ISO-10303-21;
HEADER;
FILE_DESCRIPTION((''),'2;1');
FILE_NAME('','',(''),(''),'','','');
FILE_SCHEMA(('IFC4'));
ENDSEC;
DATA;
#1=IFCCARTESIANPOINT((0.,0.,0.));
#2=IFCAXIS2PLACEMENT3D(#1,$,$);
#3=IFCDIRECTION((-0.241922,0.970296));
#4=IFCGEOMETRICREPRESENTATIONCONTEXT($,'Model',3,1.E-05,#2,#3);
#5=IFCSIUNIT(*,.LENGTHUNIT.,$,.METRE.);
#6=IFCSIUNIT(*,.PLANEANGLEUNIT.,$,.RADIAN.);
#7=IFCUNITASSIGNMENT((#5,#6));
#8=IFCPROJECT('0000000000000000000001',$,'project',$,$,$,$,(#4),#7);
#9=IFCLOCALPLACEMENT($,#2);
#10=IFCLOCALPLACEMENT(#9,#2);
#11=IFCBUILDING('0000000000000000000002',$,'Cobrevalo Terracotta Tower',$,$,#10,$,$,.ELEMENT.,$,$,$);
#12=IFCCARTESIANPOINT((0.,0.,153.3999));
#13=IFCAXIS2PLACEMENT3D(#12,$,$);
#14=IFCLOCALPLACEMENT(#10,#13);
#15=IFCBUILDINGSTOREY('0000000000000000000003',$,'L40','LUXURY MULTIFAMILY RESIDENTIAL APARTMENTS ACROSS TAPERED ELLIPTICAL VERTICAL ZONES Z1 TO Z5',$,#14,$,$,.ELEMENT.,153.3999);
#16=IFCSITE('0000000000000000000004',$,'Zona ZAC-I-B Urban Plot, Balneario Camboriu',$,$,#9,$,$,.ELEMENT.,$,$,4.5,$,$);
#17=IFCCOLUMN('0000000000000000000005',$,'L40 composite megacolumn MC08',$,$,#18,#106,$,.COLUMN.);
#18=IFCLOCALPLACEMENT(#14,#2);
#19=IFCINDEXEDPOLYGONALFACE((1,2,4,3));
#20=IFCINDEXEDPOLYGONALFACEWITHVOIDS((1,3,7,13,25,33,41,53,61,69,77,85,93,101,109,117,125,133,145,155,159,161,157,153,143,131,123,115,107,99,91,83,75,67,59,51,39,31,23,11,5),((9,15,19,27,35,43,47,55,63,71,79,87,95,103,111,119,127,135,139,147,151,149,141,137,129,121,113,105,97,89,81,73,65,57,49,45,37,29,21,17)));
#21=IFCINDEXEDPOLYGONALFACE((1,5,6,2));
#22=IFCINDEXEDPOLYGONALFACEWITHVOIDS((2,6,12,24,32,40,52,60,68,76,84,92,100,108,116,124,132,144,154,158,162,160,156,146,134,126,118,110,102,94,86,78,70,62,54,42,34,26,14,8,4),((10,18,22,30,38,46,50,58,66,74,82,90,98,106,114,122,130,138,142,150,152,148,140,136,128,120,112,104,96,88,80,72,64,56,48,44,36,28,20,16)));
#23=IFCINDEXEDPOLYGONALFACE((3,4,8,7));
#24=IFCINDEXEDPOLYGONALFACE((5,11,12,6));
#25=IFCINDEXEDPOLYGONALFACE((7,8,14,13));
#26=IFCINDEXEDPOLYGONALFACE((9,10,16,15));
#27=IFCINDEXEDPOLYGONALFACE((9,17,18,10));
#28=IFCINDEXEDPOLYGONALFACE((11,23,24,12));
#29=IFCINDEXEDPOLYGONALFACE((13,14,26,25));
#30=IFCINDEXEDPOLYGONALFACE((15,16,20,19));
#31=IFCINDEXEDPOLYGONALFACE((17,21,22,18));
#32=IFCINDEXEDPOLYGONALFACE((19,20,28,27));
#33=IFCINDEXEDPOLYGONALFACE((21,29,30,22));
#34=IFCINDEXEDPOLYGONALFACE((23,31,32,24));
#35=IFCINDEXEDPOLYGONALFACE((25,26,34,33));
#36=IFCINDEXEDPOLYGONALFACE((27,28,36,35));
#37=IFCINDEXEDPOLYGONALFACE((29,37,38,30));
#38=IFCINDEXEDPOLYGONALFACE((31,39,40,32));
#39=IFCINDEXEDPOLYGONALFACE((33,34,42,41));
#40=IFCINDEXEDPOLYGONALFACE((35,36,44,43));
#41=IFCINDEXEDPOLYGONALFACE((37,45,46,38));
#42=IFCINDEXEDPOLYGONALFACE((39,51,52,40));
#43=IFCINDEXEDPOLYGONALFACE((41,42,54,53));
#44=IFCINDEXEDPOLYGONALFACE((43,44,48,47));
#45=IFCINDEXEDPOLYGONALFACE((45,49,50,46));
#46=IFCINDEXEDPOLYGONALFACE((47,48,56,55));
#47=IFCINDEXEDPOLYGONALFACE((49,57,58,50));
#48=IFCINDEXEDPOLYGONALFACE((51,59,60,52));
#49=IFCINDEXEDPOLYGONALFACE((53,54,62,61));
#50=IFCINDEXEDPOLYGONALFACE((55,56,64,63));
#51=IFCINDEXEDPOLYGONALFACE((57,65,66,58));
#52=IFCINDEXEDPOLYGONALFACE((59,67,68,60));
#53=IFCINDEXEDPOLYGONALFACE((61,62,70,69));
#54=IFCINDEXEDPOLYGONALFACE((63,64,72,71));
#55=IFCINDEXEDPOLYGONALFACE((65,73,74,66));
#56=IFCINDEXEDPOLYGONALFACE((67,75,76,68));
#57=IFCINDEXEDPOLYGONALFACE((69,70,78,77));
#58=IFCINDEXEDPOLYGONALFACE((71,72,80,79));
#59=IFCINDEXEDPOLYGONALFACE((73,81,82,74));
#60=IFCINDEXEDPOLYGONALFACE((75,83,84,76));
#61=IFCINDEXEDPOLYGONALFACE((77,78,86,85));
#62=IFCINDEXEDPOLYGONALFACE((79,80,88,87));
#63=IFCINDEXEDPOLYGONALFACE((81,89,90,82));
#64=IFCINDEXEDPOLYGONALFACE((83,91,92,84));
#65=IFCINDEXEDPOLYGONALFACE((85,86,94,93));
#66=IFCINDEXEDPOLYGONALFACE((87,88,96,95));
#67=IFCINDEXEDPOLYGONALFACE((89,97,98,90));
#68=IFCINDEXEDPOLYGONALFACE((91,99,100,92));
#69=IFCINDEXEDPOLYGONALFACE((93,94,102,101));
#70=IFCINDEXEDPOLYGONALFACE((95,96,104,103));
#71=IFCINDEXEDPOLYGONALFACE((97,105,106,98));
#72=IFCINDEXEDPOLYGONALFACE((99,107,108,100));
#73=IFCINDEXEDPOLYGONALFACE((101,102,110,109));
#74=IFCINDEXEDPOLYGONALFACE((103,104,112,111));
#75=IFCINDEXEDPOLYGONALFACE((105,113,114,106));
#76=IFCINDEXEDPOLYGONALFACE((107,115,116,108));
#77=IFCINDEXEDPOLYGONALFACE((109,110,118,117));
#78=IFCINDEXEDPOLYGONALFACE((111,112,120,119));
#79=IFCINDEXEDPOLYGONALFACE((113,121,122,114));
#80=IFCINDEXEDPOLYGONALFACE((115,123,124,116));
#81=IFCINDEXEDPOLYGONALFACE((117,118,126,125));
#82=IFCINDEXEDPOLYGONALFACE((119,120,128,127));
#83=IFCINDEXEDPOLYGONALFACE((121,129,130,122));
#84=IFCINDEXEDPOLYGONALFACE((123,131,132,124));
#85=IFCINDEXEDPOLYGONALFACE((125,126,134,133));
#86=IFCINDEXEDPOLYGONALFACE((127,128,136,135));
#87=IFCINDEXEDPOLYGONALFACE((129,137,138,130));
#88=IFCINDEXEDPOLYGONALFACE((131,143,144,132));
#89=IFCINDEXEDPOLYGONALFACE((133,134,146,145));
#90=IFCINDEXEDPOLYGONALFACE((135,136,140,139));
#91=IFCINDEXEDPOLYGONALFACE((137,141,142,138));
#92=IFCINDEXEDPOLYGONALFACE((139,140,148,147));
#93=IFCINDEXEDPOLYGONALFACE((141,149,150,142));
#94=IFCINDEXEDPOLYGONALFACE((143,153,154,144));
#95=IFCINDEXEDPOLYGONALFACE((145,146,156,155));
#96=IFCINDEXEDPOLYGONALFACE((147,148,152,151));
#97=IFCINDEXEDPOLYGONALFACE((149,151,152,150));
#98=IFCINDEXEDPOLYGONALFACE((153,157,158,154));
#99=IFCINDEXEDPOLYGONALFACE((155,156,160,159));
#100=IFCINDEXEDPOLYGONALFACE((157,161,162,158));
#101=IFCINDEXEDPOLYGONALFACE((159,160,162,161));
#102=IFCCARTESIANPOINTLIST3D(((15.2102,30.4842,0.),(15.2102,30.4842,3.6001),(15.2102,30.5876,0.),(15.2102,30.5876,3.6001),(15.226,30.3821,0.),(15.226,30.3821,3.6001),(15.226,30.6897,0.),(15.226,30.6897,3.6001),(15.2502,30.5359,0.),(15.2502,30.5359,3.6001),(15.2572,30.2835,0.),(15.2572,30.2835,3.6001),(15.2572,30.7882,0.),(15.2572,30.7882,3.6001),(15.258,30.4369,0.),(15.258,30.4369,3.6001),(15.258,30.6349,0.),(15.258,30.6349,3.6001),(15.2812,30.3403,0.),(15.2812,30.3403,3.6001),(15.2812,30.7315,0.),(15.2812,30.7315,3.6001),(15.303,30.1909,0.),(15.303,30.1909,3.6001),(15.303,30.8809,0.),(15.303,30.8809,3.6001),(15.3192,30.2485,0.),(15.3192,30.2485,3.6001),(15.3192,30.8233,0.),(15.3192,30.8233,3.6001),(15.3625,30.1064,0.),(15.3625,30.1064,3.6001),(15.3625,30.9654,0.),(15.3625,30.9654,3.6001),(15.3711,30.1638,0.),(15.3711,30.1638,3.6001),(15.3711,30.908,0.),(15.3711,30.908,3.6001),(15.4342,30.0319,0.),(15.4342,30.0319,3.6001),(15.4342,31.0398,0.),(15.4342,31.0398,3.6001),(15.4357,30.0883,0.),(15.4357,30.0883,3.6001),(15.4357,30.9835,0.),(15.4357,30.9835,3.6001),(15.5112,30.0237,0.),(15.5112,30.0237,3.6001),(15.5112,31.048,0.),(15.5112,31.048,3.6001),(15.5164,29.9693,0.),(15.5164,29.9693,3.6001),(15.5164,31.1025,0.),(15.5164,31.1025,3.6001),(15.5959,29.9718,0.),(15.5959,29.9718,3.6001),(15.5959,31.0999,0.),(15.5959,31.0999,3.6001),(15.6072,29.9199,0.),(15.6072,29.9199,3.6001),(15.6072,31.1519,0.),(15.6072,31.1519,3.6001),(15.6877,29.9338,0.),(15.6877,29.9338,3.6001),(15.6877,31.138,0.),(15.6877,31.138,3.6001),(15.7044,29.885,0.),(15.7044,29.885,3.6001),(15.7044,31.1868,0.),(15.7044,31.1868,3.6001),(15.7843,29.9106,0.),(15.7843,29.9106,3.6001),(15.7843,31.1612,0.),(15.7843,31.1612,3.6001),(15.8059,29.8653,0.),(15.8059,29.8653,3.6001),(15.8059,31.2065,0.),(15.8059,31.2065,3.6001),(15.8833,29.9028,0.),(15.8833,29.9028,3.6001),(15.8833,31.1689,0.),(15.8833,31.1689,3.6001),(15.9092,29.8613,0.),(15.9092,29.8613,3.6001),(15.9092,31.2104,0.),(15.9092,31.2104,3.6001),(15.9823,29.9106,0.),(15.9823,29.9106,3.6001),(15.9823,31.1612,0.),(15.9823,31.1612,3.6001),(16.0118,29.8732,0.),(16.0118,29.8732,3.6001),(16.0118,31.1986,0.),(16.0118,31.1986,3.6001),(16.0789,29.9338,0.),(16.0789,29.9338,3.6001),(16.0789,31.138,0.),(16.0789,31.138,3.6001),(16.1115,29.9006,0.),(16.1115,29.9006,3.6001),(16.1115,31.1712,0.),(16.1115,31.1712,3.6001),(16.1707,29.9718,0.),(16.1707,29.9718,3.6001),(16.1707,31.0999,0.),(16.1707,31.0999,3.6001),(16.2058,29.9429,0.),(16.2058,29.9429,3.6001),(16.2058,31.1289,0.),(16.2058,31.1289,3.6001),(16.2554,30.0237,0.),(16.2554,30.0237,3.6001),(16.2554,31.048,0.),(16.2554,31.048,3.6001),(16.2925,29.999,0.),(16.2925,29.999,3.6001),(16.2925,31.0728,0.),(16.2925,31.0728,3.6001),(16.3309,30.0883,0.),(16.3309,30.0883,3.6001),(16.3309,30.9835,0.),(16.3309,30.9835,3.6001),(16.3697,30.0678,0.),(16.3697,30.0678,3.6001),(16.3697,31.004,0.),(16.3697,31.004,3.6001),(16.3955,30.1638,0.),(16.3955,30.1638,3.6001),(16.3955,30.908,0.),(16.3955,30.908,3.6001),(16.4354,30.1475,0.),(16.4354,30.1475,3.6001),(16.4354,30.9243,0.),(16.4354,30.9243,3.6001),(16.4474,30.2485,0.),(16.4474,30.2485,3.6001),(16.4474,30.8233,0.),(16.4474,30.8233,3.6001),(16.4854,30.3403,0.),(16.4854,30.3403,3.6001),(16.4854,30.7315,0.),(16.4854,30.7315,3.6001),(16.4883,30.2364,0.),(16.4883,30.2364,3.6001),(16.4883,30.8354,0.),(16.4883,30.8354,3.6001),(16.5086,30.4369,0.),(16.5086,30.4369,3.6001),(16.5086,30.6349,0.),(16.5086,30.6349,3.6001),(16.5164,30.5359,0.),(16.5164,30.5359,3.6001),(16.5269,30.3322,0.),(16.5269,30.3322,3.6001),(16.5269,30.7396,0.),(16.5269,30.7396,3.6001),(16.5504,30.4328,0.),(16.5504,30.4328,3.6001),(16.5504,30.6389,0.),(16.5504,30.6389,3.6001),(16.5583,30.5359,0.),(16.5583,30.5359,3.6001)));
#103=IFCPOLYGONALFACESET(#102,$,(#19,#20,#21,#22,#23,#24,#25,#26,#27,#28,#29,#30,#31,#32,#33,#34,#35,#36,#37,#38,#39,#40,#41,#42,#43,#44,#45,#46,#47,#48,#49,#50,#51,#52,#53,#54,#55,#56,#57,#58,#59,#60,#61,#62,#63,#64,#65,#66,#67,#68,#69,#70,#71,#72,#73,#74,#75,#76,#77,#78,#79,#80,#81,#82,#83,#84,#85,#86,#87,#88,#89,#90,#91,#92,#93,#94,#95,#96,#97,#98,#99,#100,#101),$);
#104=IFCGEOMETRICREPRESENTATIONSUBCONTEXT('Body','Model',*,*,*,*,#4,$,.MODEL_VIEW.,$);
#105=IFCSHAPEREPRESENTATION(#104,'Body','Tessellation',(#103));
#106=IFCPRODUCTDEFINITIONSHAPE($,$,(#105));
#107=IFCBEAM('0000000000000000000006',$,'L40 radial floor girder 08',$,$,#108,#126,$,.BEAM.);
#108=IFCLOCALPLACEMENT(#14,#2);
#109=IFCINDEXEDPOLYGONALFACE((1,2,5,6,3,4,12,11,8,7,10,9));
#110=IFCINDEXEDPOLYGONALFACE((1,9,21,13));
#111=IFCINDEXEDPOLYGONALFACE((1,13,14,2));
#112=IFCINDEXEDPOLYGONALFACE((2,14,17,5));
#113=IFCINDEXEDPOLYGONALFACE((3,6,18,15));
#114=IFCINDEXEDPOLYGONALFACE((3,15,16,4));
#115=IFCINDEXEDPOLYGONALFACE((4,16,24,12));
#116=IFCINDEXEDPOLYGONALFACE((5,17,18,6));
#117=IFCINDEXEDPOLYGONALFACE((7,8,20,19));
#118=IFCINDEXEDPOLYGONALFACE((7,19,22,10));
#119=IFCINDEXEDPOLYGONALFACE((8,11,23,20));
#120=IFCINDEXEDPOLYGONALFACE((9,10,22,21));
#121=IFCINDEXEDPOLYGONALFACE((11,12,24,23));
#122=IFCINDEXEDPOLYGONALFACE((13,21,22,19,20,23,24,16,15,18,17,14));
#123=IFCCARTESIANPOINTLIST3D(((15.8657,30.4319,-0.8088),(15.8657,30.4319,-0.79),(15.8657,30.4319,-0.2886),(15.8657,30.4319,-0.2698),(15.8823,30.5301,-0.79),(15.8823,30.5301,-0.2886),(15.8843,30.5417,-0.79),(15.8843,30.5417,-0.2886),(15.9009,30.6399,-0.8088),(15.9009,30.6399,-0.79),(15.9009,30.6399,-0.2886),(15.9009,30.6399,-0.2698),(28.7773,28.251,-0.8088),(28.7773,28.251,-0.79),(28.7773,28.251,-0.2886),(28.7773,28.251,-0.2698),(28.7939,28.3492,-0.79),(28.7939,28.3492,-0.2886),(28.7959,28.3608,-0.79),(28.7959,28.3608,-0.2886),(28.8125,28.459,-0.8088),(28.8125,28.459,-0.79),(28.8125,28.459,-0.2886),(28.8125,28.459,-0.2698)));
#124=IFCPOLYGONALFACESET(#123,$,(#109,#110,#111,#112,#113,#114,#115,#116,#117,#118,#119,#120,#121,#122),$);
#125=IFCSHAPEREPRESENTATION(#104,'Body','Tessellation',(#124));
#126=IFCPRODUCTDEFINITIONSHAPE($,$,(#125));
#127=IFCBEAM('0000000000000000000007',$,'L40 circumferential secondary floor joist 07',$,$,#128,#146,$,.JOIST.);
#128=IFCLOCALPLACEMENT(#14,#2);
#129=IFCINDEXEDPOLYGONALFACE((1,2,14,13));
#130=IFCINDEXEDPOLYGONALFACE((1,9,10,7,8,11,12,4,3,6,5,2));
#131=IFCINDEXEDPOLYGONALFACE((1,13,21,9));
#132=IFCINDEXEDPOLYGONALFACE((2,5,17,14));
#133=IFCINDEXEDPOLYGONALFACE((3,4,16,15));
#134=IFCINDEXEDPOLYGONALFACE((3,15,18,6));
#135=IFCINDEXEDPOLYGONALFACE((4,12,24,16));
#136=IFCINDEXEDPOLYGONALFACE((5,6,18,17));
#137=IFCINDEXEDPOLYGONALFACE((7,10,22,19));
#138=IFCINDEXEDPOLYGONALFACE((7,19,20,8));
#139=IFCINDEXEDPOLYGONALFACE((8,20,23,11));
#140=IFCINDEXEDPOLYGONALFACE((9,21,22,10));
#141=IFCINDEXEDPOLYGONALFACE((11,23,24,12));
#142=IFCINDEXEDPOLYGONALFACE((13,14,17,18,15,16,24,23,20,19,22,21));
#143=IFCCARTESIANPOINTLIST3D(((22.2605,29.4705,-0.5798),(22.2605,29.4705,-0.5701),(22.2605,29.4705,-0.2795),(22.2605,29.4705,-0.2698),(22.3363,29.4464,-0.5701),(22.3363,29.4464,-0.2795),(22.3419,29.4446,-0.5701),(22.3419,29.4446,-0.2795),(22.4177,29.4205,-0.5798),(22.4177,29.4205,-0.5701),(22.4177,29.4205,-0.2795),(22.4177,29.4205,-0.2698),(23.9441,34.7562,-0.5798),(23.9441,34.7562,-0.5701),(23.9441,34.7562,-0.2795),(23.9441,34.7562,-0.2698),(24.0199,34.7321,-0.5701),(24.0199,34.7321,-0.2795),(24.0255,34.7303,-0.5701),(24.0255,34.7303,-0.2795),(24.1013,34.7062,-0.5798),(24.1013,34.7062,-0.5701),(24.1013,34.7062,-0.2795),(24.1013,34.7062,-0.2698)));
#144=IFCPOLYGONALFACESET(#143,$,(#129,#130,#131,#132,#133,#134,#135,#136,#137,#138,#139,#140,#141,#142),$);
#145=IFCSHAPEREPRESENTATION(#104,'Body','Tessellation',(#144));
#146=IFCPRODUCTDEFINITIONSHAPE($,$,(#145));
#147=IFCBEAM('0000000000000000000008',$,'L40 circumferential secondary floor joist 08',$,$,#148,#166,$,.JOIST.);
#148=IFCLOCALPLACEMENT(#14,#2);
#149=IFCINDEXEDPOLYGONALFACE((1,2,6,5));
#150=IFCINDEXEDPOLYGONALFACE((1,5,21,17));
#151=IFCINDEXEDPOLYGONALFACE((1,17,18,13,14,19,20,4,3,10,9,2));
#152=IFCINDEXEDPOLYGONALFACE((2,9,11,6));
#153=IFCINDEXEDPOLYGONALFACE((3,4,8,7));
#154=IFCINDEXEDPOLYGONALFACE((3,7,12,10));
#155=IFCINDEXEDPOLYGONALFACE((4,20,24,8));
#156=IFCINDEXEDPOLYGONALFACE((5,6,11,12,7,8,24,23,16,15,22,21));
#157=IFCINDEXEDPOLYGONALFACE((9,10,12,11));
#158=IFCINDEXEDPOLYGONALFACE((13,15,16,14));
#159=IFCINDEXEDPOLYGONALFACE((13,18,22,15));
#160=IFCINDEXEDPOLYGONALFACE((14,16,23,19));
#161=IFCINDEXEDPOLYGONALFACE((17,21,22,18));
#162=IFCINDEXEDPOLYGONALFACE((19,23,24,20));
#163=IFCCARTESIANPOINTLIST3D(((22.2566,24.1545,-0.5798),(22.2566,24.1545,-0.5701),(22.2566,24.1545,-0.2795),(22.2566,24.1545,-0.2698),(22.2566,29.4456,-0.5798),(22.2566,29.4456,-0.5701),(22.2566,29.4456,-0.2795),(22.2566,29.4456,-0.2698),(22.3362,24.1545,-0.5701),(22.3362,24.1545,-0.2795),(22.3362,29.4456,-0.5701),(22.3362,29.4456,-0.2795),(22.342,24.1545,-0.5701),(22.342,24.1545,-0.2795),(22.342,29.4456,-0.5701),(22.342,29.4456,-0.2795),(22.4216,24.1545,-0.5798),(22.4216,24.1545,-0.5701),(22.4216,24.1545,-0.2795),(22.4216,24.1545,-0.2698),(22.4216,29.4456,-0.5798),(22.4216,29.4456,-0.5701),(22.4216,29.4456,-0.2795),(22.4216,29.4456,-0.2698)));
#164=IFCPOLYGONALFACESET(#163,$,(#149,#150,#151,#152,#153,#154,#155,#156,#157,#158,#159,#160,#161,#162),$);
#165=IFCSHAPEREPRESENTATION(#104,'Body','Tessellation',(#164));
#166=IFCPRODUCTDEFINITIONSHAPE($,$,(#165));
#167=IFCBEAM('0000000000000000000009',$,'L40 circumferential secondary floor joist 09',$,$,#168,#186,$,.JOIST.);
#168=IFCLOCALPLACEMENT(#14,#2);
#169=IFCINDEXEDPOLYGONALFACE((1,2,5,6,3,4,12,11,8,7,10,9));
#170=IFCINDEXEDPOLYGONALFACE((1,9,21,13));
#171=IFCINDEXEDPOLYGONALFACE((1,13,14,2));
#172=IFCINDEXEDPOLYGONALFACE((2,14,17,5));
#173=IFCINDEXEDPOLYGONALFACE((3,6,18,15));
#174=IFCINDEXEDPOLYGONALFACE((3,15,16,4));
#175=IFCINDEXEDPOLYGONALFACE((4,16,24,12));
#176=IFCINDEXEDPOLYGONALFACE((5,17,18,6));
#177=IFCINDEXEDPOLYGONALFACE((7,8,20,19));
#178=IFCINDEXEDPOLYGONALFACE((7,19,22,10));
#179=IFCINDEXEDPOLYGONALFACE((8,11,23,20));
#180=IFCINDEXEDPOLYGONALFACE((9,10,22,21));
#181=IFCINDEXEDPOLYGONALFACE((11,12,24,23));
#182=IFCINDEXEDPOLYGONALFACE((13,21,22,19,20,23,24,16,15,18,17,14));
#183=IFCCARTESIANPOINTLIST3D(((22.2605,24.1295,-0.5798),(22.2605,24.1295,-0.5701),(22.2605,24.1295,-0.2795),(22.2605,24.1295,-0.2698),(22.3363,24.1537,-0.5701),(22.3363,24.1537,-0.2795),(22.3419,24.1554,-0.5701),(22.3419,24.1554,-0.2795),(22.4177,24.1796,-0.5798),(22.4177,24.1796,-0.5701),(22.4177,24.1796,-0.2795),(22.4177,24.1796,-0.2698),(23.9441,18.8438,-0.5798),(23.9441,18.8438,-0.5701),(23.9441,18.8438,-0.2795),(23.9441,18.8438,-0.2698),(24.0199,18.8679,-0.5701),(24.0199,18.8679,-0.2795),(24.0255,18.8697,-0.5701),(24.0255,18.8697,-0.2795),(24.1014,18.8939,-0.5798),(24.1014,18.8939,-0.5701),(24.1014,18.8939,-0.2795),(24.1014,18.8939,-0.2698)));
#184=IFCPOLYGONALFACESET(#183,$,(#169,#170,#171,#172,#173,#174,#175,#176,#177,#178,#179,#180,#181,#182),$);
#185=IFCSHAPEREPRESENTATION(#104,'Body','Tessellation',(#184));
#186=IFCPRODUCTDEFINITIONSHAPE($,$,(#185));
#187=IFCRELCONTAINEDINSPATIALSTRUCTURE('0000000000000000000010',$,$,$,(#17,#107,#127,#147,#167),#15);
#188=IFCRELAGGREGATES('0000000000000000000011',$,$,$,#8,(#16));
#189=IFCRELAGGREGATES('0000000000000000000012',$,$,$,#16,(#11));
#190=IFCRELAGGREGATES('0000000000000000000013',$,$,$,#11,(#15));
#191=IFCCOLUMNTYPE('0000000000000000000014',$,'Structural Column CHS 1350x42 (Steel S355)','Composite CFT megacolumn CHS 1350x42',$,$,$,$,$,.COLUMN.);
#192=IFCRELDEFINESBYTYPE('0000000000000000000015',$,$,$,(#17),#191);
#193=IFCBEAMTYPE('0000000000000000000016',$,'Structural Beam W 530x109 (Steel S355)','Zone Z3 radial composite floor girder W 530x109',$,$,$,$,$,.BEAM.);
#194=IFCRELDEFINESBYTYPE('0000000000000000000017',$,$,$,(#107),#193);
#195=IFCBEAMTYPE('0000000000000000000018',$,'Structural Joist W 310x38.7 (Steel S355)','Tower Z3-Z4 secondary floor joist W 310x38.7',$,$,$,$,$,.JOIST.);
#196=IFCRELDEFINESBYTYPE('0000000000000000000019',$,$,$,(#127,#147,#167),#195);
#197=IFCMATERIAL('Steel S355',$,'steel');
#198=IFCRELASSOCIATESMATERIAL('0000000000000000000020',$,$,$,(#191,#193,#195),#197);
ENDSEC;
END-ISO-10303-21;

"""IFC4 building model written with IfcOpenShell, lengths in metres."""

from ifc_helpers import new_model, si_unit, direction, frame, origin, origin_2d, place, context, subcontext, project, spatial, hollow_circle, i_section, extrude, material, material_profile, profile_set, type_object, element, save


model = new_model("IFC4")

# Units and contexts
model_context = context("Model", 3, precision=1e-05, world=origin(), true_north=direction((-0.241922, 0.970296)))
body_context = subcontext(model_context, "Body", "Model", "MODEL_VIEW")
ifc_project = project(units=[si_unit("LENGTHUNIT", "METRE"), si_unit("PLANEANGLEUNIT", "RADIAN")], contexts=[model_context])

# Site, building, storey
site_placement = place(None, origin())
site = spatial("IfcSite", under=ifc_project, at=site_placement, Name="Zona ZAC-I-B Urban Plot, Balneario Camboriu", CompositionType="ELEMENT", RefElevation=4.5)
building_placement = place(site_placement, origin())
building = spatial("IfcBuilding", under=site, at=building_placement, Name="Cobrevalo Terracotta Tower", CompositionType="ELEMENT")
storey_placement = place(building_placement, frame((0.0, 0.0, 153.3999)))
storey = spatial("IfcBuildingStorey", under=building, at=storey_placement, Name="L40", Description="LUXURY MULTIFAMILY RESIDENTIAL APARTMENTS ACROSS TAPERED ELLIPTICAL VERTICAL ZONES Z1 TO Z5", CompositionType="ELEMENT", Elevation=153.3999)

# Column
ifc_material_1 = material(Name="Steel S355", Category="steel")
ifc_material_profile_1 = material_profile(ifc_material_1, hollow_circle(Radius=0.675, WallThickness=0.042, at=origin_2d()), Name="CHS 1350x42")
ifc_profile_set_1 = profile_set([ifc_material_profile_1], Name="Steel S355")
column_type = type_object("IfcColumnType", Name="Structural Column CHS 1350x42 (Steel S355)", Description="Composite CFT megacolumn CHS 1350x42", PredefinedType="COLUMN", material=ifc_profile_set_1)
column_placement = place(storey_placement, frame((15.8833, 30.5359, 0.0), z_axis=(0.0, 0.0, 1.0), x_axis=(1.0, 0.0, 0.0)))
element("IfcColumn", 1, at=column_placement, inside=storey, type_object=column_type, Name="L40 composite megacolumn MC08", PredefinedType="COLUMN", context=body_context, shape_type="SweptSolid", body=[
    extrude(hollow_circle(Radius=0.675, WallThickness=0.042, at=origin_2d()), origin(), (0.0, 0.0, 1.0), 3.6001),
])

# Beams
ifc_material_profile_2 = material_profile(ifc_material_1, i_section(OverallWidth=0.2109, OverallDepth=0.5391, WebThickness=0.0117, FlangeThickness=0.0188, at=origin_2d()), Name="W 530x109")
ifc_profile_set_2 = profile_set([ifc_material_profile_2], Name="Steel S355")
beam_type_1 = type_object("IfcBeamType", Name="Structural Beam W 530x109 (Steel S355)", Description="Zone Z3 radial composite floor girder W 530x109", PredefinedType="BEAM", material=ifc_profile_set_2)
beam_1_placement = place(storey_placement, frame((15.8833, 30.5359, -0.5393), z_axis=(0.986033, -0.166551, 0.0), x_axis=(0.166551, 0.986033, 0.0)))
element("IfcBeam", 2, at=beam_1_placement, inside=storey, type_object=beam_type_1, Name="L40 radial floor girder 08", PredefinedType="BEAM", context=body_context, shape_type="SweptSolid", body=[
    extrude(i_section(OverallWidth=0.2109, OverallDepth=0.5391, WebThickness=0.0117, FlangeThickness=0.0188, at=origin_2d()), origin(), (0.0, 0.0, 1.0), 13.0945),
])
ifc_material_profile_3 = material_profile(ifc_material_1, i_section(OverallWidth=0.165, OverallDepth=0.3101, WebThickness=0.0059, FlangeThickness=0.0098, at=origin_2d()), Name="W 310x38.7")
ifc_profile_set_3 = profile_set([ifc_material_profile_3], Name="Steel S355")
beam_type_2 = type_object("IfcBeamType", Name="Structural Joist W 310x38.7 (Steel S355)", Description="Tower Z3-Z4 secondary floor joist W 310x38.7", PredefinedType="JOIST", material=ifc_profile_set_3)
beam_2_placement = place(storey_placement, frame((24.0227, 34.7312, -0.4248), z_axis=(-0.303498, -0.952832, 0.0), x_axis=(0.952832, -0.303498, 0.0)))
element("IfcBeam", 3, at=beam_2_placement, inside=storey, type_object=beam_type_2, Name="L40 circumferential secondary floor joist 07", PredefinedType="JOIST", context=body_context, shape_type="SweptSolid", body=[
    extrude(i_section(OverallWidth=0.165, OverallDepth=0.3101, WebThickness=0.0059, FlangeThickness=0.0098, at=origin_2d()), origin(), (0.0, 0.0, 1.0), 5.5474),
])
beam_3_placement = place(storey_placement, frame((22.3391, 29.4456, -0.4248), z_axis=(0.0, -1.0, 0.0), x_axis=(1.0, 0.0, 0.0)))
element("IfcBeam", 4, at=beam_3_placement, inside=storey, type_object=beam_type_2, Name="L40 circumferential secondary floor joist 08", PredefinedType="JOIST", context=body_context, shape_type="SweptSolid", body=[
    extrude(i_section(OverallWidth=0.165, OverallDepth=0.3101, WebThickness=0.0059, FlangeThickness=0.0098, at=origin_2d()), origin(), (0.0, 0.0, 1.0), 5.291),
])
beam_4_placement = place(storey_placement, frame((22.3391, 24.1545, -0.4248), z_axis=(0.303498, -0.952832, 0.0), x_axis=(0.952832, 0.303498, 0.0)))
element("IfcBeam", 5, at=beam_4_placement, inside=storey, type_object=beam_type_2, Name="L40 circumferential secondary floor joist 09", PredefinedType="JOIST", context=body_context, shape_type="SweptSolid", body=[
    extrude(i_section(OverallWidth=0.165, OverallDepth=0.3101, WebThickness=0.0059, FlangeThickness=0.0098, at=origin_2d()), origin(), (0.0, 0.0, 1.0), 5.5474),
])

save(model, "model.ifc")
